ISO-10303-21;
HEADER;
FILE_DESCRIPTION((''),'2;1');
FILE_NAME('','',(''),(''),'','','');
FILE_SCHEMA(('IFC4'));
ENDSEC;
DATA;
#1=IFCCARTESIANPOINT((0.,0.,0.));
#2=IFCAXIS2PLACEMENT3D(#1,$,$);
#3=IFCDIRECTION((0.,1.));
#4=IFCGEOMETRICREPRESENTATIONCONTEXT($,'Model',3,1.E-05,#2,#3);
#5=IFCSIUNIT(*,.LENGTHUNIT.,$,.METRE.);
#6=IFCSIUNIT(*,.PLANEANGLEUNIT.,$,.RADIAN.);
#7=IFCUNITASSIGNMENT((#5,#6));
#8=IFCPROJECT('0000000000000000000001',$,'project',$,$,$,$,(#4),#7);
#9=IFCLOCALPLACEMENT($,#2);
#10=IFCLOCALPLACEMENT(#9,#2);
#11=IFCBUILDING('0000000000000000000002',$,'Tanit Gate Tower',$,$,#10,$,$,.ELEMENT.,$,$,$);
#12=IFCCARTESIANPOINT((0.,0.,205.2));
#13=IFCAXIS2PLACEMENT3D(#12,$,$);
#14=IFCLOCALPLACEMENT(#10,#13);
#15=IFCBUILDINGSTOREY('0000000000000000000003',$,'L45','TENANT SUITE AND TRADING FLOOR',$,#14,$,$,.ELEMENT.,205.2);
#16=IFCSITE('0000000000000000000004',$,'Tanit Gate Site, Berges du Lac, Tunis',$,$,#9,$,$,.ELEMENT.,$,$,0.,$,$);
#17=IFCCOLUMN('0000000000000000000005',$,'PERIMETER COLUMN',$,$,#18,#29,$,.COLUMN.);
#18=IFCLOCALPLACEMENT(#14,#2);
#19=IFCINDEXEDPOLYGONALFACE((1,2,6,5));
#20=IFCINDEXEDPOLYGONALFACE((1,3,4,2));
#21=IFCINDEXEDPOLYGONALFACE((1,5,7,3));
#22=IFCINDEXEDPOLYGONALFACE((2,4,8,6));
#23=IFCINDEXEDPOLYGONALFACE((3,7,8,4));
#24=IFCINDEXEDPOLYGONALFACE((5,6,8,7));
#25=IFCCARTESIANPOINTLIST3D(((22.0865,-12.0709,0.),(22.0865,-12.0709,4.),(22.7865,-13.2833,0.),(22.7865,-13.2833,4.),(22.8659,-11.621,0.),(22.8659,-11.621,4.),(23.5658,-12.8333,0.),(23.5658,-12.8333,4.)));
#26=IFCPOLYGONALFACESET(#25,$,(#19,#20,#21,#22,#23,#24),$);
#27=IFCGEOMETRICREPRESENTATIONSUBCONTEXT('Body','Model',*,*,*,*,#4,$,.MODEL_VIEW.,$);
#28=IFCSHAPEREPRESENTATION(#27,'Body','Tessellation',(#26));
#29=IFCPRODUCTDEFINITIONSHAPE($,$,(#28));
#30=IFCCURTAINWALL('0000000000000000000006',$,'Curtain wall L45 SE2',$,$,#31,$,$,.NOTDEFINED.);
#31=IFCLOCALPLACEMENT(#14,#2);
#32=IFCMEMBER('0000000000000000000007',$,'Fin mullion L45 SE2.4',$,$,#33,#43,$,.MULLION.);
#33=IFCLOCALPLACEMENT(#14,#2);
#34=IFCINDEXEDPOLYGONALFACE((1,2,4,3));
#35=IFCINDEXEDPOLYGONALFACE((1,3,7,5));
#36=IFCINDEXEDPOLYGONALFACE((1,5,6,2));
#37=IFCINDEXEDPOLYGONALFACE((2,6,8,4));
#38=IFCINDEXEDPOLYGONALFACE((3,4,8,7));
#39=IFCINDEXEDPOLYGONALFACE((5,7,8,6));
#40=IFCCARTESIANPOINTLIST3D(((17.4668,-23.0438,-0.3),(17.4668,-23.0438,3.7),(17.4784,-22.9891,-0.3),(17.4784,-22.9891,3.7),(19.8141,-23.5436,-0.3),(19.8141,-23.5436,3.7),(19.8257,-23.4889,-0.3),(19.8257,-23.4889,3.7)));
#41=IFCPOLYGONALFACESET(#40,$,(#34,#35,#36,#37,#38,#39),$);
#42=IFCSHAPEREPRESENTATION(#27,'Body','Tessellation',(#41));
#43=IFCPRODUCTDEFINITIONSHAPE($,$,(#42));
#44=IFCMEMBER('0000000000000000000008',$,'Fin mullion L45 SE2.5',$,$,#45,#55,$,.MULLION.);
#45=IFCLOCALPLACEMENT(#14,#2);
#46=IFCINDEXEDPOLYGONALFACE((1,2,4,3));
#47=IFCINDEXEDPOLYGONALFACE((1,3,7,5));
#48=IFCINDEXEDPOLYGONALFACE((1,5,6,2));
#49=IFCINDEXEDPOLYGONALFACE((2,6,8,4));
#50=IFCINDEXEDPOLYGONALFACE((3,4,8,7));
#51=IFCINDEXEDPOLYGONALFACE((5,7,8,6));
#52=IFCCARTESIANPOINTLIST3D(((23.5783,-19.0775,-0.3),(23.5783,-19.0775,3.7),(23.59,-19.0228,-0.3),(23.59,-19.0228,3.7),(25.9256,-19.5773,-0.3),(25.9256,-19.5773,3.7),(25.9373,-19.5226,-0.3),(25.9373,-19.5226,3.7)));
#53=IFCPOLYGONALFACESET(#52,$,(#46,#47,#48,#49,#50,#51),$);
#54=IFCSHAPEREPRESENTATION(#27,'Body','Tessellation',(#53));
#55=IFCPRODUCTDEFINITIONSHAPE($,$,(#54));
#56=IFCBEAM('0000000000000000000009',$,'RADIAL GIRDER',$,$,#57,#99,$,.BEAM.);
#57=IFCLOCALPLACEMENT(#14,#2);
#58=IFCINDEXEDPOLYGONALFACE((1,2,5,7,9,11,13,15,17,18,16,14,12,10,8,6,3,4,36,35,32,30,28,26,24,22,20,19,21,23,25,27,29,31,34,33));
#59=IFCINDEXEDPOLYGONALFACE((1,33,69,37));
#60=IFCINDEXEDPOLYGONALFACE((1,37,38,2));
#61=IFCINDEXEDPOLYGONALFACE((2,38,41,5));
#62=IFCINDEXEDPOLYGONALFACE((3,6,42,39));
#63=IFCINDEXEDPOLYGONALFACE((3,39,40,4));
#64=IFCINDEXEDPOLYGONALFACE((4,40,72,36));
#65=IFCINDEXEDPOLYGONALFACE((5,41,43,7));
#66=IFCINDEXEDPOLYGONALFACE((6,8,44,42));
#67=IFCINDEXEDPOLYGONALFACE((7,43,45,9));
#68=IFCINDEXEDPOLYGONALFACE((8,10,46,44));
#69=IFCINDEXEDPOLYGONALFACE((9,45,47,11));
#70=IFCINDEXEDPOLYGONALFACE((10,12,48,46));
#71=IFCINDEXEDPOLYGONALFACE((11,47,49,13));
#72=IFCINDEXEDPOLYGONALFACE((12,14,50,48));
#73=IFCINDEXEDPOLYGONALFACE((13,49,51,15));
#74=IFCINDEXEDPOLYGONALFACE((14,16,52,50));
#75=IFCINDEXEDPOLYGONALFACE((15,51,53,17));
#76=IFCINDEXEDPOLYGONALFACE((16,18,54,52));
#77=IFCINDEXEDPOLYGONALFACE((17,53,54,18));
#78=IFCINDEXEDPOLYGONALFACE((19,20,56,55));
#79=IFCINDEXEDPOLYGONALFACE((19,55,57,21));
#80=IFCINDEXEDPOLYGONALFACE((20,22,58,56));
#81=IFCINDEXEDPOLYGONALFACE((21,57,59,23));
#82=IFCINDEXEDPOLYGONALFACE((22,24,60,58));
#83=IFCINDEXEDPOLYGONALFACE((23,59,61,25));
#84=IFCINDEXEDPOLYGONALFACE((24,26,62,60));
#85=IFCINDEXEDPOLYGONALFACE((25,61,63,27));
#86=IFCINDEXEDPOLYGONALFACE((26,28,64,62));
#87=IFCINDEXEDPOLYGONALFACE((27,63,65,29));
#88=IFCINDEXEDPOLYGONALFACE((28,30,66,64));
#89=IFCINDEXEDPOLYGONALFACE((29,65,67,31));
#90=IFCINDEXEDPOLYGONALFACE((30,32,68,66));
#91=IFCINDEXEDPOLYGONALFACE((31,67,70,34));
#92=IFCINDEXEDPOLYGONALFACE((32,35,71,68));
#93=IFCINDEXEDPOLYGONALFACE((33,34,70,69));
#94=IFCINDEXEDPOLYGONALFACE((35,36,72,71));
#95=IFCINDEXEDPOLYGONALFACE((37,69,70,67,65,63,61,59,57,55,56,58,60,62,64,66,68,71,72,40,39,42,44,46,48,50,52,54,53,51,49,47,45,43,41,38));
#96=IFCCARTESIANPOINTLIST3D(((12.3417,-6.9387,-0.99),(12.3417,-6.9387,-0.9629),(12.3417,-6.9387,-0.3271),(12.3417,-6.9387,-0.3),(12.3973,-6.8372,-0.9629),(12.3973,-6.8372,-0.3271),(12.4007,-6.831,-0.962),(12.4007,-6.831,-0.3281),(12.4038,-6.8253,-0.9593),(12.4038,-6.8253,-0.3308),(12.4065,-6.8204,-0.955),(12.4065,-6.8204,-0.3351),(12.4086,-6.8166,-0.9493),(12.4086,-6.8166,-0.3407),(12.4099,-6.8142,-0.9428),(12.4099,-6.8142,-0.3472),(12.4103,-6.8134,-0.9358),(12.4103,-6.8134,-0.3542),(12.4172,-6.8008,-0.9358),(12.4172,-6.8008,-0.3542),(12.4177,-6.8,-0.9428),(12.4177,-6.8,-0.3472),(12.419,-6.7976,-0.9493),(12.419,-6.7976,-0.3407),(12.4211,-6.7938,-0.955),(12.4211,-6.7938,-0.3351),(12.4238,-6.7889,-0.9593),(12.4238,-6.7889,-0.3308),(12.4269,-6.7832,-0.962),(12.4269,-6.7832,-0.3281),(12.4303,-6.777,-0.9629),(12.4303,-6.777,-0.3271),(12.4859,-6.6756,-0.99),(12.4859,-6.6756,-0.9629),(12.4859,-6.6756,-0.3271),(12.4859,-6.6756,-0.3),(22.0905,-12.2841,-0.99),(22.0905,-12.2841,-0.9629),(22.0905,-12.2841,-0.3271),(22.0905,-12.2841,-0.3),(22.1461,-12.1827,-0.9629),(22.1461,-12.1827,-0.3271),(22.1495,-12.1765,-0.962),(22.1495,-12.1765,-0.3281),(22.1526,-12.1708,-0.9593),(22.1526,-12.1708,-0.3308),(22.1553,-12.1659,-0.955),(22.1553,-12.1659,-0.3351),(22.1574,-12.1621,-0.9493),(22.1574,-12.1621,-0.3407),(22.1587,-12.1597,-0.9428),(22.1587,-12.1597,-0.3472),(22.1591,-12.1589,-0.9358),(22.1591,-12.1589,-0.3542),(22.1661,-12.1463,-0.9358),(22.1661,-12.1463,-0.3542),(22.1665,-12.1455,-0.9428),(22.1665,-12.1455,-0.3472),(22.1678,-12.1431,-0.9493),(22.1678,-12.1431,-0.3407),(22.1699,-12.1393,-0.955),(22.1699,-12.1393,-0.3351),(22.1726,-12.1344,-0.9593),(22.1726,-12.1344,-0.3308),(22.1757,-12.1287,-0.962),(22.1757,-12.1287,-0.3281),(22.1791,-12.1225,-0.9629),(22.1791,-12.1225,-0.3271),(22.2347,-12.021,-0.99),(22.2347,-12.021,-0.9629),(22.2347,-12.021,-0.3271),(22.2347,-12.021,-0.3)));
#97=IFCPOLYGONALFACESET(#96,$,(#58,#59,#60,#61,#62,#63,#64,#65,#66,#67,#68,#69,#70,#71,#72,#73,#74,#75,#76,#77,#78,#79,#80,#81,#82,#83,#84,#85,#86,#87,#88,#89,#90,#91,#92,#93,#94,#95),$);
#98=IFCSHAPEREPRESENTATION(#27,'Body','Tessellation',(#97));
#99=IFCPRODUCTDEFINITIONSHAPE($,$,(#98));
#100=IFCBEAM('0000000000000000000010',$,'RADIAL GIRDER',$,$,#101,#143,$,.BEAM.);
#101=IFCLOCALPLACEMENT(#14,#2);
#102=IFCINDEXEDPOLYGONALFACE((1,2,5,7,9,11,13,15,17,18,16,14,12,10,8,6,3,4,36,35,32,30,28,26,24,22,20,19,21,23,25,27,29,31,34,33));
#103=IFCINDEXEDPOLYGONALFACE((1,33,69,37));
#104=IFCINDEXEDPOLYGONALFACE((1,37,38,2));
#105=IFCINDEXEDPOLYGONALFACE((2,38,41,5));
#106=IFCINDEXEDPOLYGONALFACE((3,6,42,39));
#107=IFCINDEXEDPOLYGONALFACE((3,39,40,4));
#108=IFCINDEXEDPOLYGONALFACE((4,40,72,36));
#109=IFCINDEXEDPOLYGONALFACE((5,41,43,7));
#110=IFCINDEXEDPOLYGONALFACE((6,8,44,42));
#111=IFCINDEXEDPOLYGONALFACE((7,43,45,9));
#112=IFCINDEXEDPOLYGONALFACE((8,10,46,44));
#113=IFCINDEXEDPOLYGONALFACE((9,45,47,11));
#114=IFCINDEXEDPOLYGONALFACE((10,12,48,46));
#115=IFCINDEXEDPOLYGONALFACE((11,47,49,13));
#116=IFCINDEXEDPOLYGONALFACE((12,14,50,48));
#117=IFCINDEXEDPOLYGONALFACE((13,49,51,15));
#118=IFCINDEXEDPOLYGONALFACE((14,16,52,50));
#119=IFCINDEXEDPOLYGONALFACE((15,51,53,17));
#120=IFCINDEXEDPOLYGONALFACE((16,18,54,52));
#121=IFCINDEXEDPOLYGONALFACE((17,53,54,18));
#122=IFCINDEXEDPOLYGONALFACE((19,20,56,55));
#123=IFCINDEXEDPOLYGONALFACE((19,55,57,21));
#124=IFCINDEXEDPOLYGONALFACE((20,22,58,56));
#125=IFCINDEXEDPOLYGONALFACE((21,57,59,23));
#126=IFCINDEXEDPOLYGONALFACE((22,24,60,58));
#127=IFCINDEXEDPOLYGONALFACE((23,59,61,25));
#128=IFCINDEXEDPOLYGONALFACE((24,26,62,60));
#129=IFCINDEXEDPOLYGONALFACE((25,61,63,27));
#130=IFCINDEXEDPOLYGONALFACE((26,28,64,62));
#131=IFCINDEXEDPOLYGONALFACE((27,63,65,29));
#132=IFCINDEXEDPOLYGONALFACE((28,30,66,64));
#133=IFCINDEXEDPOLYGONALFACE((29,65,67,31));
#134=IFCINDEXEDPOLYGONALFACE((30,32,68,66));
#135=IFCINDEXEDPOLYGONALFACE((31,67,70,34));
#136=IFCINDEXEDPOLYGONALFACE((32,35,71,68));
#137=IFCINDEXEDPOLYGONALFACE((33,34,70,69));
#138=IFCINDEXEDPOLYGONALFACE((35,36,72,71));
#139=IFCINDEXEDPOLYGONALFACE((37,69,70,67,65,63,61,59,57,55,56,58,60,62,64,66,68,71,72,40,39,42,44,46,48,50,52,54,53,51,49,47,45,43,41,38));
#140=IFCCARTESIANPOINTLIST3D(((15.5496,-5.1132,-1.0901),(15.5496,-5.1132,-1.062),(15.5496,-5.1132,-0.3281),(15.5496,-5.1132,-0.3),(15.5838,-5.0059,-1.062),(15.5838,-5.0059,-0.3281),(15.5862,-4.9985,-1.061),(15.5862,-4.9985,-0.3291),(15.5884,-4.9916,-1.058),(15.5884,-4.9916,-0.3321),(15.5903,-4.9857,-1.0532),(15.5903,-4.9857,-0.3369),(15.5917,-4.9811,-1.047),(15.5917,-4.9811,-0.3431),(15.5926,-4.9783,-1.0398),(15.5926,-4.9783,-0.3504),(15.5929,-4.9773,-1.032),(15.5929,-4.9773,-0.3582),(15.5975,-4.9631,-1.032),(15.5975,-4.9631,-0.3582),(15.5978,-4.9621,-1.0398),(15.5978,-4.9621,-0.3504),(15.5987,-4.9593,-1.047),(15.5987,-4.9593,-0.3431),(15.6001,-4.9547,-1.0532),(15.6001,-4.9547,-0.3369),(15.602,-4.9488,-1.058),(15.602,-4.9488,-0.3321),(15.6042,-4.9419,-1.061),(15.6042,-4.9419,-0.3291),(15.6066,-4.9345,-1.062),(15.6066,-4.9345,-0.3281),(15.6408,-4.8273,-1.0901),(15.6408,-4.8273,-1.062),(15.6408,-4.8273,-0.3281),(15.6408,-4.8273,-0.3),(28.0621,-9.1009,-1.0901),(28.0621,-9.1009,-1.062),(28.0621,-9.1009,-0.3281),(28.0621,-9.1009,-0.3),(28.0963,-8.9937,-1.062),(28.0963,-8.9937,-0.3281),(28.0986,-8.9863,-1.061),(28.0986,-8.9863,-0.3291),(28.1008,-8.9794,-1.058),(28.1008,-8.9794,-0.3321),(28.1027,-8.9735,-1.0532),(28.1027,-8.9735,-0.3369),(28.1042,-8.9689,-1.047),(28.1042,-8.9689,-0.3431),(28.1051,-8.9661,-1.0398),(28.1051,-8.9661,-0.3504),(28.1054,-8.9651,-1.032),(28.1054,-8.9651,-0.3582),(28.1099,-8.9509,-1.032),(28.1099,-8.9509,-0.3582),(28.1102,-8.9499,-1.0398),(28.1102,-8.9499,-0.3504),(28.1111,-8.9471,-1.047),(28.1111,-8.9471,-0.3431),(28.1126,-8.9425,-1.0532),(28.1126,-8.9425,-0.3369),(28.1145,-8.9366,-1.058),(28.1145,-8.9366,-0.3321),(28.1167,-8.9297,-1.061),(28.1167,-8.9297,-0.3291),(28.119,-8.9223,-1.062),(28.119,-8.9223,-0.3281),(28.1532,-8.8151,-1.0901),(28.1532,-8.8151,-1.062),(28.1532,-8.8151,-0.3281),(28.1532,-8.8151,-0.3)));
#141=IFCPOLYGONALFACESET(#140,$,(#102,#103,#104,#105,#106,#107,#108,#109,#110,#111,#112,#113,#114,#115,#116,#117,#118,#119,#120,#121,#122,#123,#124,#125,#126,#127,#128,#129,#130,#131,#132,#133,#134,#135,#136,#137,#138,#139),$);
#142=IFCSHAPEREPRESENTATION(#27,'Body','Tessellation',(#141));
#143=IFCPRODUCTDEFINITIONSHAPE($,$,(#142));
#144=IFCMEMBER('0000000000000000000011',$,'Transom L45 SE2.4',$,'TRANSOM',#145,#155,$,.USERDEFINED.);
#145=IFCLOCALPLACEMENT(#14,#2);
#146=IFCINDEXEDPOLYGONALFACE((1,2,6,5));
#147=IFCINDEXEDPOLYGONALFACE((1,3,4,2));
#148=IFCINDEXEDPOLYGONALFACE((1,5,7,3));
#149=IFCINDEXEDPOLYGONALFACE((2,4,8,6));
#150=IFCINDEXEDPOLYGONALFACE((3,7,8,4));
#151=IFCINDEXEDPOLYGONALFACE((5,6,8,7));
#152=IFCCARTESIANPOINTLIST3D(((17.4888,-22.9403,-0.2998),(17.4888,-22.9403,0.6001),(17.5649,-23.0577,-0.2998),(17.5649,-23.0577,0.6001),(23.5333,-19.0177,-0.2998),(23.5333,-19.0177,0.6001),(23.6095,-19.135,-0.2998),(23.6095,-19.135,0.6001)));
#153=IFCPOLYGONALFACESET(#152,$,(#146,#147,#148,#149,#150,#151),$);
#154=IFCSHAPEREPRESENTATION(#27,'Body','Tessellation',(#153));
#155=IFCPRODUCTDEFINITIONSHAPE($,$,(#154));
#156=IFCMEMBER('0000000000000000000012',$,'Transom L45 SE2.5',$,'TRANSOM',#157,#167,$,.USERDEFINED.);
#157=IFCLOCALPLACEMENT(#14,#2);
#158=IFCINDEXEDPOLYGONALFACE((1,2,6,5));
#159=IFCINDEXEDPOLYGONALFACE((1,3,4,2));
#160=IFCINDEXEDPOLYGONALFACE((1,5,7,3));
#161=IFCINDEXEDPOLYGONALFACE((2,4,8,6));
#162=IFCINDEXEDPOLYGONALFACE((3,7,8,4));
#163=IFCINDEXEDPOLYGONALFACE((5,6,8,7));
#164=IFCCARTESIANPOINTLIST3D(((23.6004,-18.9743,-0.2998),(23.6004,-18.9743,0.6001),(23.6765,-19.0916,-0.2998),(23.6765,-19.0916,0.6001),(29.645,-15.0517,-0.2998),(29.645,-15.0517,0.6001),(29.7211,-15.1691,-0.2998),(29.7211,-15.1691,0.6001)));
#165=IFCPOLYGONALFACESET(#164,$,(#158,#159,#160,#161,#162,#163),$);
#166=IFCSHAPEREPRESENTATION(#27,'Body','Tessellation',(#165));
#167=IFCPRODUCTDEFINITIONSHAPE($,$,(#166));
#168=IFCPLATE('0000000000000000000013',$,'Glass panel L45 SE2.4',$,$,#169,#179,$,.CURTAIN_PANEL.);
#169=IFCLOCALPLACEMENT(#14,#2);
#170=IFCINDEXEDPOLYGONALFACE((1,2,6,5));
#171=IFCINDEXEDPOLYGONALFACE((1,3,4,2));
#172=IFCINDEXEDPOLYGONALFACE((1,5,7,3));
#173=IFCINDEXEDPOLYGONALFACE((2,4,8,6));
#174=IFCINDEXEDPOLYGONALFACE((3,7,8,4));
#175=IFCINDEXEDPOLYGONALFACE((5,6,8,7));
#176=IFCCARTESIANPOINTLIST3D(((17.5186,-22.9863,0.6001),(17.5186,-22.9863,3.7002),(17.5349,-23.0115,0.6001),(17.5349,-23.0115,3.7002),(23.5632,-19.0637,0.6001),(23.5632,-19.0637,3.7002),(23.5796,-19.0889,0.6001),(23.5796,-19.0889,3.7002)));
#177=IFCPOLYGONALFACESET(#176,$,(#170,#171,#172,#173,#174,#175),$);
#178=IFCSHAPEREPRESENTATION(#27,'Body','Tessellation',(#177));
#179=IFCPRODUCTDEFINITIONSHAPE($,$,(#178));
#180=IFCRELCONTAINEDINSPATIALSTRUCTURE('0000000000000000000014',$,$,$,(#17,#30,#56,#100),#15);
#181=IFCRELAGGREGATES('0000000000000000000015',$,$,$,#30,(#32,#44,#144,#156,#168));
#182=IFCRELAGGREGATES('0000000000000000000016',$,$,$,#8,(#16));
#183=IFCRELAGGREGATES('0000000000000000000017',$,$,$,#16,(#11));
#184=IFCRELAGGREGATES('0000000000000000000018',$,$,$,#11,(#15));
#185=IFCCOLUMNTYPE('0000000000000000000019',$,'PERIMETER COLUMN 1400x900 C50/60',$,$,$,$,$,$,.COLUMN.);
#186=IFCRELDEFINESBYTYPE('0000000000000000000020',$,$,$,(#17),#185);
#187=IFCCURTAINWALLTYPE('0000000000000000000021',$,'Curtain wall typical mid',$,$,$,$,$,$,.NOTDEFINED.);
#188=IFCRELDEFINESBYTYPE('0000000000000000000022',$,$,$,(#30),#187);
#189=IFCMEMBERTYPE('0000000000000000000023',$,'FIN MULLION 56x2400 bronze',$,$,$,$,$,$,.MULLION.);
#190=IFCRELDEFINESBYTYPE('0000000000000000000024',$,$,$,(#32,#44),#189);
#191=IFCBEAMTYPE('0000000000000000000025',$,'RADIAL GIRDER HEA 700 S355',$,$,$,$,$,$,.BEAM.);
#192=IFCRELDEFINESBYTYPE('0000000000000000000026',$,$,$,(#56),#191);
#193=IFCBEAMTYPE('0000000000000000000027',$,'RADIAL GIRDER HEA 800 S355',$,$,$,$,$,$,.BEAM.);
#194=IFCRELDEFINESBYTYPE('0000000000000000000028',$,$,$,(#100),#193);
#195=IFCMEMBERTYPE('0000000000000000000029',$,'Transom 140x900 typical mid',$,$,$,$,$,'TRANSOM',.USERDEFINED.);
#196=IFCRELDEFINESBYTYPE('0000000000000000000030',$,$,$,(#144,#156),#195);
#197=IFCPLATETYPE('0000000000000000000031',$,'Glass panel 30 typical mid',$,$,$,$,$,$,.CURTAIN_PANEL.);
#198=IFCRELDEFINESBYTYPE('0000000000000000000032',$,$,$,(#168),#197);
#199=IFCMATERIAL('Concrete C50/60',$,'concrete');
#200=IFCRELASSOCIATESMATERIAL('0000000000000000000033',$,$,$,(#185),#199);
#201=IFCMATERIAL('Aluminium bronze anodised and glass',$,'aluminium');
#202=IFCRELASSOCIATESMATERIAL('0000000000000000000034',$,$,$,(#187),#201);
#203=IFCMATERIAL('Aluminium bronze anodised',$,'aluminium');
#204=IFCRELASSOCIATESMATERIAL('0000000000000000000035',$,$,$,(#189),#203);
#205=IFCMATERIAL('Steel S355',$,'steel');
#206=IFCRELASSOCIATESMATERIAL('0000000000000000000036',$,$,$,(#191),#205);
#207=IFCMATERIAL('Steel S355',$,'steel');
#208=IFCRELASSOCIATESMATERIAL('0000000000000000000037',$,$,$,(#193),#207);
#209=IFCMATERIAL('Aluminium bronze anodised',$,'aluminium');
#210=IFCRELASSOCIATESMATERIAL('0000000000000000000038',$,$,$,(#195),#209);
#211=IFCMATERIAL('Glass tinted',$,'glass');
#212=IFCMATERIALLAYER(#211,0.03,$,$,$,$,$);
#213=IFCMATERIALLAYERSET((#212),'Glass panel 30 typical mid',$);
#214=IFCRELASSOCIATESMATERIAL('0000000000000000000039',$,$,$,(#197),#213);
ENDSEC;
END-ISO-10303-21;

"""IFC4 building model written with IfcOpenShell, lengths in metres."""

from ifc_helpers import new_model, si_unit, direction, frame, origin, origin_2d, place, context, subcontext, project, spatial, rectangle, i_section, extrude, material, layer, layer_set, material_profile, profile_set, type_object, element, aggregate, save


model = new_model("IFC4")

# Units and contexts
model_context = context("Model", 3, precision=1e-05, world=origin(), true_north=direction((0.0, 1.0)))
body_context = subcontext(model_context, "Body", "Model", "MODEL_VIEW")
ifc_project = project(units=[si_unit("LENGTHUNIT", "METRE"), si_unit("PLANEANGLEUNIT", "RADIAN")], contexts=[model_context])

# Site, building, storey
site_placement = place(None, origin())
site = spatial("IfcSite", under=ifc_project, at=site_placement, Name="Tanit Gate Site, Berges du Lac, Tunis", CompositionType="ELEMENT", RefElevation=0.0)
building_placement = place(site_placement, origin())
building = spatial("IfcBuilding", under=site, at=building_placement, Name="Tanit Gate Tower", CompositionType="ELEMENT")
storey_placement = place(building_placement, frame((0.0, 0.0, 205.2)))
storey = spatial("IfcBuildingStorey", under=building, at=storey_placement, Name="L45", Description="TENANT SUITE AND TRADING FLOOR", CompositionType="ELEMENT", Elevation=205.2)

# Column
ifc_material_1 = material(Name="Concrete C50/60", Category="concrete")
ifc_material_profile_1 = material_profile(ifc_material_1, rectangle(XDim=1.3999, YDim=0.8999, at=origin_2d()), Name="RC 1400x900")
ifc_profile_set_1 = profile_set([ifc_material_profile_1], Name="Concrete C50/60")
column_type = type_object("IfcColumnType", Name="PERIMETER COLUMN 1400x900 C50/60", PredefinedType="COLUMN", material=ifc_profile_set_1)
column_placement = place(storey_placement, frame((22.8262, -12.4521, 0.0), z_axis=(0.0, 0.0, 1.0), x_axis=(0.5, -0.866025, 0.0)))
element("IfcColumn", 1, at=column_placement, inside=storey, type_object=column_type, Name="PERIMETER COLUMN", PredefinedType="COLUMN", context=body_context, shape_type="SweptSolid", body=[
    extrude(rectangle(XDim=1.3999, YDim=0.8999, at=origin_2d()), origin(), (0.0, 0.0, 1.0), 4.0),
])

# Curtain wall, members
ifc_material_2 = material(Name="Aluminium bronze anodised and glass", Category="aluminium")
curtain_wall_type = type_object("IfcCurtainWallType", Name="Curtain wall typical mid", PredefinedType="NOTDEFINED", material=ifc_material_2)
curtain_wall_placement = place(storey_placement, origin())
curtain_wall = element("IfcCurtainWall", 2, at=curtain_wall_placement, inside=storey, type_object=curtain_wall_type, Name="Curtain wall L45 SE2", PredefinedType="NOTDEFINED")
ifc_material_3 = material(Name="Aluminium bronze anodised", Category="aluminium")
ifc_material_profile_2 = material_profile(ifc_material_3, rectangle(XDim=2.3999, YDim=0.0559, at=origin_2d()), Name="56x2400 bronze fin mullion")
ifc_profile_set_2 = profile_set([ifc_material_profile_2], Name="Aluminium bronze anodised")
member_type_1 = type_object("IfcMemberType", Name="FIN MULLION 56x2400 bronze", PredefinedType="MULLION", material=ifc_profile_set_2)
member_1_placement = place(storey_placement, frame((18.6462, -23.2664, -0.3), z_axis=(0.0, 0.0, 1.0), x_axis=(-0.978078, 0.208238, 0.0)))
member_1 = element("IfcMember", 3, at=member_1_placement, type_object=member_type_1, Name="Fin mullion L45 SE2.4", PredefinedType="MULLION", context=body_context, shape_type="SweptSolid", body=[
    extrude(rectangle(XDim=2.3999, YDim=0.0559, at=origin_2d()), origin(), (0.0, 0.0, 1.0), 4.0),
])
member_2_placement = place(storey_placement, frame((24.7578, -19.3, -0.3), z_axis=(0.0, 0.0, 1.0), x_axis=(-0.978078, 0.208238, 0.0)))
member_2 = element("IfcMember", 4, at=member_2_placement, type_object=member_type_1, Name="Fin mullion L45 SE2.5", PredefinedType="MULLION", context=body_context, shape_type="SweptSolid", body=[
    extrude(rectangle(XDim=2.3999, YDim=0.0559, at=origin_2d()), origin(), (0.0, 0.0, 1.0), 4.0),
])

# Beams
ifc_material_4 = material(Name="Steel S355", Category="steel")
ifc_material_profile_3 = material_profile(ifc_material_4, i_section(OverallWidth=0.3, OverallDepth=0.6899, WebThickness=0.0144, FlangeThickness=0.0271, FilletRadius=0.0271, at=origin_2d()), Name="HEA 700")
ifc_profile_set_3 = profile_set([ifc_material_profile_3], Name="Steel S355")
beam_type_1 = type_object("IfcBeamType", Name="RADIAL GIRDER HEA 700 S355", PredefinedType="BEAM", material=ifc_profile_set_3)
beam_1_placement = place(storey_placement, frame((22.1626, -12.1526, -0.645), z_axis=(-0.876837, 0.480788, 0.0), x_axis=(-0.480788, -0.876837, 0.0)))
element("IfcBeam", 5, at=beam_1_placement, inside=storey, type_object=beam_type_1, Name="RADIAL GIRDER", PredefinedType="BEAM", context=body_context, shape_type="SweptSolid", body=[
    extrude(i_section(OverallWidth=0.3, OverallDepth=0.6899, WebThickness=0.0144, FlangeThickness=0.0271, FilletRadius=0.0271, at=origin_2d()), origin(), (0.0, 0.0, 1.0), 11.1182),
])
ifc_material_5 = material(Name="Steel S355", Category="steel")
ifc_material_profile_4 = material_profile(ifc_material_5, i_section(OverallWidth=0.3, OverallDepth=0.79, WebThickness=0.0149, FlangeThickness=0.0281, FilletRadius=0.03, at=origin_2d()), Name="HEA 800")
ifc_profile_set_4 = profile_set([ifc_material_profile_4], Name="Steel S355")
beam_type_2 = type_object("IfcBeamType", Name="RADIAL GIRDER HEA 800 S355", PredefinedType="BEAM", material=ifc_profile_set_4)
beam_2_placement = place(storey_placement, frame((28.1077, -8.958, -0.6951), z_axis=(-0.952781, 0.303657, 0.0), x_axis=(-0.303657, -0.952781, 0.0)))
element("IfcBeam", 6, at=beam_2_placement, inside=storey, type_object=beam_type_2, Name="RADIAL GIRDER", PredefinedType="BEAM", context=body_context, shape_type="SweptSolid", body=[
    extrude(i_section(OverallWidth=0.3, OverallDepth=0.79, WebThickness=0.0149, FlangeThickness=0.0281, FilletRadius=0.03, at=origin_2d()), origin(), (0.0, 0.0, 1.0), 13.1326),
])

# Members
ifc_material_6 = material(Name="Aluminium bronze anodised", Category="aluminium")
ifc_material_profile_5 = material_profile(ifc_material_6, rectangle(XDim=0.1399, YDim=0.8999, at=origin_2d()), Name="140x900 bronze transom")
ifc_profile_set_5 = profile_set([ifc_material_profile_5], Name="Aluminium bronze anodised")
member_type_2 = type_object("IfcMemberType", Name="Transom 140x900 typical mid", ElementType="TRANSOM", PredefinedType="USERDEFINED", material=ifc_profile_set_5)
member_3_placement = place(storey_placement, frame((17.5269, -22.999, 0.1501), z_axis=(0.838841, 0.544376, 0.0), x_axis=(-0.544376, 0.838841, 0.0)))
member_3 = element("IfcMember", 7, at=member_3_placement, type_object=member_type_2, Name="Transom L45 SE2.4", ObjectType="TRANSOM", PredefinedType="USERDEFINED", context=body_context, shape_type="SweptSolid", body=[
    extrude(rectangle(XDim=0.1399, YDim=0.8999, at=origin_2d()), origin(), (0.0, 0.0, 1.0), 7.2058),
])
member_4_placement = place(storey_placement, frame((23.6384, -19.033, 0.1501), z_axis=(0.838851, 0.544361, 0.0), x_axis=(-0.544361, 0.838851, 0.0)))
member_4 = element("IfcMember", 8, at=member_4_placement, type_object=member_type_2, Name="Transom L45 SE2.5", ObjectType="TRANSOM", PredefinedType="USERDEFINED", context=body_context, shape_type="SweptSolid", body=[
    extrude(rectangle(XDim=0.1399, YDim=0.8999, at=origin_2d()), origin(), (0.0, 0.0, 1.0), 7.2058),
])

# Plate
ifc_material_7 = material(Name="Glass tinted", Category="glass")
ifc_layer_1 = layer(ifc_material_7, 0.03)
ifc_layer_set_1 = layer_set([ifc_layer_1], Name="Glass panel 30 typical mid")
plate_type = type_object("IfcPlateType", Name="Glass panel 30 typical mid", PredefinedType="CURTAIN_PANEL", material=ifc_layer_set_1)
plate_1_placement = place(storey_placement, frame((20.5491, -21.0376, 0.6001), z_axis=(0.0, 0.0, 1.0), x_axis=(0.838852, 0.544359, 0.0)))
plate_1 = element("IfcPlate", 9, at=plate_1_placement, type_object=plate_type, Name="Glass panel L45 SE2.4", PredefinedType="CURTAIN_PANEL", context=body_context, shape_type="SweptSolid", body=[
    extrude(rectangle(XDim=7.2058, YDim=0.03, at=origin_2d()), origin(), (0.0, 0.0, 1.0), 3.1001),
])
aggregate(curtain_wall, [member_1, member_2, member_3, member_4, plate_1])

save(model, "model.ifc")
